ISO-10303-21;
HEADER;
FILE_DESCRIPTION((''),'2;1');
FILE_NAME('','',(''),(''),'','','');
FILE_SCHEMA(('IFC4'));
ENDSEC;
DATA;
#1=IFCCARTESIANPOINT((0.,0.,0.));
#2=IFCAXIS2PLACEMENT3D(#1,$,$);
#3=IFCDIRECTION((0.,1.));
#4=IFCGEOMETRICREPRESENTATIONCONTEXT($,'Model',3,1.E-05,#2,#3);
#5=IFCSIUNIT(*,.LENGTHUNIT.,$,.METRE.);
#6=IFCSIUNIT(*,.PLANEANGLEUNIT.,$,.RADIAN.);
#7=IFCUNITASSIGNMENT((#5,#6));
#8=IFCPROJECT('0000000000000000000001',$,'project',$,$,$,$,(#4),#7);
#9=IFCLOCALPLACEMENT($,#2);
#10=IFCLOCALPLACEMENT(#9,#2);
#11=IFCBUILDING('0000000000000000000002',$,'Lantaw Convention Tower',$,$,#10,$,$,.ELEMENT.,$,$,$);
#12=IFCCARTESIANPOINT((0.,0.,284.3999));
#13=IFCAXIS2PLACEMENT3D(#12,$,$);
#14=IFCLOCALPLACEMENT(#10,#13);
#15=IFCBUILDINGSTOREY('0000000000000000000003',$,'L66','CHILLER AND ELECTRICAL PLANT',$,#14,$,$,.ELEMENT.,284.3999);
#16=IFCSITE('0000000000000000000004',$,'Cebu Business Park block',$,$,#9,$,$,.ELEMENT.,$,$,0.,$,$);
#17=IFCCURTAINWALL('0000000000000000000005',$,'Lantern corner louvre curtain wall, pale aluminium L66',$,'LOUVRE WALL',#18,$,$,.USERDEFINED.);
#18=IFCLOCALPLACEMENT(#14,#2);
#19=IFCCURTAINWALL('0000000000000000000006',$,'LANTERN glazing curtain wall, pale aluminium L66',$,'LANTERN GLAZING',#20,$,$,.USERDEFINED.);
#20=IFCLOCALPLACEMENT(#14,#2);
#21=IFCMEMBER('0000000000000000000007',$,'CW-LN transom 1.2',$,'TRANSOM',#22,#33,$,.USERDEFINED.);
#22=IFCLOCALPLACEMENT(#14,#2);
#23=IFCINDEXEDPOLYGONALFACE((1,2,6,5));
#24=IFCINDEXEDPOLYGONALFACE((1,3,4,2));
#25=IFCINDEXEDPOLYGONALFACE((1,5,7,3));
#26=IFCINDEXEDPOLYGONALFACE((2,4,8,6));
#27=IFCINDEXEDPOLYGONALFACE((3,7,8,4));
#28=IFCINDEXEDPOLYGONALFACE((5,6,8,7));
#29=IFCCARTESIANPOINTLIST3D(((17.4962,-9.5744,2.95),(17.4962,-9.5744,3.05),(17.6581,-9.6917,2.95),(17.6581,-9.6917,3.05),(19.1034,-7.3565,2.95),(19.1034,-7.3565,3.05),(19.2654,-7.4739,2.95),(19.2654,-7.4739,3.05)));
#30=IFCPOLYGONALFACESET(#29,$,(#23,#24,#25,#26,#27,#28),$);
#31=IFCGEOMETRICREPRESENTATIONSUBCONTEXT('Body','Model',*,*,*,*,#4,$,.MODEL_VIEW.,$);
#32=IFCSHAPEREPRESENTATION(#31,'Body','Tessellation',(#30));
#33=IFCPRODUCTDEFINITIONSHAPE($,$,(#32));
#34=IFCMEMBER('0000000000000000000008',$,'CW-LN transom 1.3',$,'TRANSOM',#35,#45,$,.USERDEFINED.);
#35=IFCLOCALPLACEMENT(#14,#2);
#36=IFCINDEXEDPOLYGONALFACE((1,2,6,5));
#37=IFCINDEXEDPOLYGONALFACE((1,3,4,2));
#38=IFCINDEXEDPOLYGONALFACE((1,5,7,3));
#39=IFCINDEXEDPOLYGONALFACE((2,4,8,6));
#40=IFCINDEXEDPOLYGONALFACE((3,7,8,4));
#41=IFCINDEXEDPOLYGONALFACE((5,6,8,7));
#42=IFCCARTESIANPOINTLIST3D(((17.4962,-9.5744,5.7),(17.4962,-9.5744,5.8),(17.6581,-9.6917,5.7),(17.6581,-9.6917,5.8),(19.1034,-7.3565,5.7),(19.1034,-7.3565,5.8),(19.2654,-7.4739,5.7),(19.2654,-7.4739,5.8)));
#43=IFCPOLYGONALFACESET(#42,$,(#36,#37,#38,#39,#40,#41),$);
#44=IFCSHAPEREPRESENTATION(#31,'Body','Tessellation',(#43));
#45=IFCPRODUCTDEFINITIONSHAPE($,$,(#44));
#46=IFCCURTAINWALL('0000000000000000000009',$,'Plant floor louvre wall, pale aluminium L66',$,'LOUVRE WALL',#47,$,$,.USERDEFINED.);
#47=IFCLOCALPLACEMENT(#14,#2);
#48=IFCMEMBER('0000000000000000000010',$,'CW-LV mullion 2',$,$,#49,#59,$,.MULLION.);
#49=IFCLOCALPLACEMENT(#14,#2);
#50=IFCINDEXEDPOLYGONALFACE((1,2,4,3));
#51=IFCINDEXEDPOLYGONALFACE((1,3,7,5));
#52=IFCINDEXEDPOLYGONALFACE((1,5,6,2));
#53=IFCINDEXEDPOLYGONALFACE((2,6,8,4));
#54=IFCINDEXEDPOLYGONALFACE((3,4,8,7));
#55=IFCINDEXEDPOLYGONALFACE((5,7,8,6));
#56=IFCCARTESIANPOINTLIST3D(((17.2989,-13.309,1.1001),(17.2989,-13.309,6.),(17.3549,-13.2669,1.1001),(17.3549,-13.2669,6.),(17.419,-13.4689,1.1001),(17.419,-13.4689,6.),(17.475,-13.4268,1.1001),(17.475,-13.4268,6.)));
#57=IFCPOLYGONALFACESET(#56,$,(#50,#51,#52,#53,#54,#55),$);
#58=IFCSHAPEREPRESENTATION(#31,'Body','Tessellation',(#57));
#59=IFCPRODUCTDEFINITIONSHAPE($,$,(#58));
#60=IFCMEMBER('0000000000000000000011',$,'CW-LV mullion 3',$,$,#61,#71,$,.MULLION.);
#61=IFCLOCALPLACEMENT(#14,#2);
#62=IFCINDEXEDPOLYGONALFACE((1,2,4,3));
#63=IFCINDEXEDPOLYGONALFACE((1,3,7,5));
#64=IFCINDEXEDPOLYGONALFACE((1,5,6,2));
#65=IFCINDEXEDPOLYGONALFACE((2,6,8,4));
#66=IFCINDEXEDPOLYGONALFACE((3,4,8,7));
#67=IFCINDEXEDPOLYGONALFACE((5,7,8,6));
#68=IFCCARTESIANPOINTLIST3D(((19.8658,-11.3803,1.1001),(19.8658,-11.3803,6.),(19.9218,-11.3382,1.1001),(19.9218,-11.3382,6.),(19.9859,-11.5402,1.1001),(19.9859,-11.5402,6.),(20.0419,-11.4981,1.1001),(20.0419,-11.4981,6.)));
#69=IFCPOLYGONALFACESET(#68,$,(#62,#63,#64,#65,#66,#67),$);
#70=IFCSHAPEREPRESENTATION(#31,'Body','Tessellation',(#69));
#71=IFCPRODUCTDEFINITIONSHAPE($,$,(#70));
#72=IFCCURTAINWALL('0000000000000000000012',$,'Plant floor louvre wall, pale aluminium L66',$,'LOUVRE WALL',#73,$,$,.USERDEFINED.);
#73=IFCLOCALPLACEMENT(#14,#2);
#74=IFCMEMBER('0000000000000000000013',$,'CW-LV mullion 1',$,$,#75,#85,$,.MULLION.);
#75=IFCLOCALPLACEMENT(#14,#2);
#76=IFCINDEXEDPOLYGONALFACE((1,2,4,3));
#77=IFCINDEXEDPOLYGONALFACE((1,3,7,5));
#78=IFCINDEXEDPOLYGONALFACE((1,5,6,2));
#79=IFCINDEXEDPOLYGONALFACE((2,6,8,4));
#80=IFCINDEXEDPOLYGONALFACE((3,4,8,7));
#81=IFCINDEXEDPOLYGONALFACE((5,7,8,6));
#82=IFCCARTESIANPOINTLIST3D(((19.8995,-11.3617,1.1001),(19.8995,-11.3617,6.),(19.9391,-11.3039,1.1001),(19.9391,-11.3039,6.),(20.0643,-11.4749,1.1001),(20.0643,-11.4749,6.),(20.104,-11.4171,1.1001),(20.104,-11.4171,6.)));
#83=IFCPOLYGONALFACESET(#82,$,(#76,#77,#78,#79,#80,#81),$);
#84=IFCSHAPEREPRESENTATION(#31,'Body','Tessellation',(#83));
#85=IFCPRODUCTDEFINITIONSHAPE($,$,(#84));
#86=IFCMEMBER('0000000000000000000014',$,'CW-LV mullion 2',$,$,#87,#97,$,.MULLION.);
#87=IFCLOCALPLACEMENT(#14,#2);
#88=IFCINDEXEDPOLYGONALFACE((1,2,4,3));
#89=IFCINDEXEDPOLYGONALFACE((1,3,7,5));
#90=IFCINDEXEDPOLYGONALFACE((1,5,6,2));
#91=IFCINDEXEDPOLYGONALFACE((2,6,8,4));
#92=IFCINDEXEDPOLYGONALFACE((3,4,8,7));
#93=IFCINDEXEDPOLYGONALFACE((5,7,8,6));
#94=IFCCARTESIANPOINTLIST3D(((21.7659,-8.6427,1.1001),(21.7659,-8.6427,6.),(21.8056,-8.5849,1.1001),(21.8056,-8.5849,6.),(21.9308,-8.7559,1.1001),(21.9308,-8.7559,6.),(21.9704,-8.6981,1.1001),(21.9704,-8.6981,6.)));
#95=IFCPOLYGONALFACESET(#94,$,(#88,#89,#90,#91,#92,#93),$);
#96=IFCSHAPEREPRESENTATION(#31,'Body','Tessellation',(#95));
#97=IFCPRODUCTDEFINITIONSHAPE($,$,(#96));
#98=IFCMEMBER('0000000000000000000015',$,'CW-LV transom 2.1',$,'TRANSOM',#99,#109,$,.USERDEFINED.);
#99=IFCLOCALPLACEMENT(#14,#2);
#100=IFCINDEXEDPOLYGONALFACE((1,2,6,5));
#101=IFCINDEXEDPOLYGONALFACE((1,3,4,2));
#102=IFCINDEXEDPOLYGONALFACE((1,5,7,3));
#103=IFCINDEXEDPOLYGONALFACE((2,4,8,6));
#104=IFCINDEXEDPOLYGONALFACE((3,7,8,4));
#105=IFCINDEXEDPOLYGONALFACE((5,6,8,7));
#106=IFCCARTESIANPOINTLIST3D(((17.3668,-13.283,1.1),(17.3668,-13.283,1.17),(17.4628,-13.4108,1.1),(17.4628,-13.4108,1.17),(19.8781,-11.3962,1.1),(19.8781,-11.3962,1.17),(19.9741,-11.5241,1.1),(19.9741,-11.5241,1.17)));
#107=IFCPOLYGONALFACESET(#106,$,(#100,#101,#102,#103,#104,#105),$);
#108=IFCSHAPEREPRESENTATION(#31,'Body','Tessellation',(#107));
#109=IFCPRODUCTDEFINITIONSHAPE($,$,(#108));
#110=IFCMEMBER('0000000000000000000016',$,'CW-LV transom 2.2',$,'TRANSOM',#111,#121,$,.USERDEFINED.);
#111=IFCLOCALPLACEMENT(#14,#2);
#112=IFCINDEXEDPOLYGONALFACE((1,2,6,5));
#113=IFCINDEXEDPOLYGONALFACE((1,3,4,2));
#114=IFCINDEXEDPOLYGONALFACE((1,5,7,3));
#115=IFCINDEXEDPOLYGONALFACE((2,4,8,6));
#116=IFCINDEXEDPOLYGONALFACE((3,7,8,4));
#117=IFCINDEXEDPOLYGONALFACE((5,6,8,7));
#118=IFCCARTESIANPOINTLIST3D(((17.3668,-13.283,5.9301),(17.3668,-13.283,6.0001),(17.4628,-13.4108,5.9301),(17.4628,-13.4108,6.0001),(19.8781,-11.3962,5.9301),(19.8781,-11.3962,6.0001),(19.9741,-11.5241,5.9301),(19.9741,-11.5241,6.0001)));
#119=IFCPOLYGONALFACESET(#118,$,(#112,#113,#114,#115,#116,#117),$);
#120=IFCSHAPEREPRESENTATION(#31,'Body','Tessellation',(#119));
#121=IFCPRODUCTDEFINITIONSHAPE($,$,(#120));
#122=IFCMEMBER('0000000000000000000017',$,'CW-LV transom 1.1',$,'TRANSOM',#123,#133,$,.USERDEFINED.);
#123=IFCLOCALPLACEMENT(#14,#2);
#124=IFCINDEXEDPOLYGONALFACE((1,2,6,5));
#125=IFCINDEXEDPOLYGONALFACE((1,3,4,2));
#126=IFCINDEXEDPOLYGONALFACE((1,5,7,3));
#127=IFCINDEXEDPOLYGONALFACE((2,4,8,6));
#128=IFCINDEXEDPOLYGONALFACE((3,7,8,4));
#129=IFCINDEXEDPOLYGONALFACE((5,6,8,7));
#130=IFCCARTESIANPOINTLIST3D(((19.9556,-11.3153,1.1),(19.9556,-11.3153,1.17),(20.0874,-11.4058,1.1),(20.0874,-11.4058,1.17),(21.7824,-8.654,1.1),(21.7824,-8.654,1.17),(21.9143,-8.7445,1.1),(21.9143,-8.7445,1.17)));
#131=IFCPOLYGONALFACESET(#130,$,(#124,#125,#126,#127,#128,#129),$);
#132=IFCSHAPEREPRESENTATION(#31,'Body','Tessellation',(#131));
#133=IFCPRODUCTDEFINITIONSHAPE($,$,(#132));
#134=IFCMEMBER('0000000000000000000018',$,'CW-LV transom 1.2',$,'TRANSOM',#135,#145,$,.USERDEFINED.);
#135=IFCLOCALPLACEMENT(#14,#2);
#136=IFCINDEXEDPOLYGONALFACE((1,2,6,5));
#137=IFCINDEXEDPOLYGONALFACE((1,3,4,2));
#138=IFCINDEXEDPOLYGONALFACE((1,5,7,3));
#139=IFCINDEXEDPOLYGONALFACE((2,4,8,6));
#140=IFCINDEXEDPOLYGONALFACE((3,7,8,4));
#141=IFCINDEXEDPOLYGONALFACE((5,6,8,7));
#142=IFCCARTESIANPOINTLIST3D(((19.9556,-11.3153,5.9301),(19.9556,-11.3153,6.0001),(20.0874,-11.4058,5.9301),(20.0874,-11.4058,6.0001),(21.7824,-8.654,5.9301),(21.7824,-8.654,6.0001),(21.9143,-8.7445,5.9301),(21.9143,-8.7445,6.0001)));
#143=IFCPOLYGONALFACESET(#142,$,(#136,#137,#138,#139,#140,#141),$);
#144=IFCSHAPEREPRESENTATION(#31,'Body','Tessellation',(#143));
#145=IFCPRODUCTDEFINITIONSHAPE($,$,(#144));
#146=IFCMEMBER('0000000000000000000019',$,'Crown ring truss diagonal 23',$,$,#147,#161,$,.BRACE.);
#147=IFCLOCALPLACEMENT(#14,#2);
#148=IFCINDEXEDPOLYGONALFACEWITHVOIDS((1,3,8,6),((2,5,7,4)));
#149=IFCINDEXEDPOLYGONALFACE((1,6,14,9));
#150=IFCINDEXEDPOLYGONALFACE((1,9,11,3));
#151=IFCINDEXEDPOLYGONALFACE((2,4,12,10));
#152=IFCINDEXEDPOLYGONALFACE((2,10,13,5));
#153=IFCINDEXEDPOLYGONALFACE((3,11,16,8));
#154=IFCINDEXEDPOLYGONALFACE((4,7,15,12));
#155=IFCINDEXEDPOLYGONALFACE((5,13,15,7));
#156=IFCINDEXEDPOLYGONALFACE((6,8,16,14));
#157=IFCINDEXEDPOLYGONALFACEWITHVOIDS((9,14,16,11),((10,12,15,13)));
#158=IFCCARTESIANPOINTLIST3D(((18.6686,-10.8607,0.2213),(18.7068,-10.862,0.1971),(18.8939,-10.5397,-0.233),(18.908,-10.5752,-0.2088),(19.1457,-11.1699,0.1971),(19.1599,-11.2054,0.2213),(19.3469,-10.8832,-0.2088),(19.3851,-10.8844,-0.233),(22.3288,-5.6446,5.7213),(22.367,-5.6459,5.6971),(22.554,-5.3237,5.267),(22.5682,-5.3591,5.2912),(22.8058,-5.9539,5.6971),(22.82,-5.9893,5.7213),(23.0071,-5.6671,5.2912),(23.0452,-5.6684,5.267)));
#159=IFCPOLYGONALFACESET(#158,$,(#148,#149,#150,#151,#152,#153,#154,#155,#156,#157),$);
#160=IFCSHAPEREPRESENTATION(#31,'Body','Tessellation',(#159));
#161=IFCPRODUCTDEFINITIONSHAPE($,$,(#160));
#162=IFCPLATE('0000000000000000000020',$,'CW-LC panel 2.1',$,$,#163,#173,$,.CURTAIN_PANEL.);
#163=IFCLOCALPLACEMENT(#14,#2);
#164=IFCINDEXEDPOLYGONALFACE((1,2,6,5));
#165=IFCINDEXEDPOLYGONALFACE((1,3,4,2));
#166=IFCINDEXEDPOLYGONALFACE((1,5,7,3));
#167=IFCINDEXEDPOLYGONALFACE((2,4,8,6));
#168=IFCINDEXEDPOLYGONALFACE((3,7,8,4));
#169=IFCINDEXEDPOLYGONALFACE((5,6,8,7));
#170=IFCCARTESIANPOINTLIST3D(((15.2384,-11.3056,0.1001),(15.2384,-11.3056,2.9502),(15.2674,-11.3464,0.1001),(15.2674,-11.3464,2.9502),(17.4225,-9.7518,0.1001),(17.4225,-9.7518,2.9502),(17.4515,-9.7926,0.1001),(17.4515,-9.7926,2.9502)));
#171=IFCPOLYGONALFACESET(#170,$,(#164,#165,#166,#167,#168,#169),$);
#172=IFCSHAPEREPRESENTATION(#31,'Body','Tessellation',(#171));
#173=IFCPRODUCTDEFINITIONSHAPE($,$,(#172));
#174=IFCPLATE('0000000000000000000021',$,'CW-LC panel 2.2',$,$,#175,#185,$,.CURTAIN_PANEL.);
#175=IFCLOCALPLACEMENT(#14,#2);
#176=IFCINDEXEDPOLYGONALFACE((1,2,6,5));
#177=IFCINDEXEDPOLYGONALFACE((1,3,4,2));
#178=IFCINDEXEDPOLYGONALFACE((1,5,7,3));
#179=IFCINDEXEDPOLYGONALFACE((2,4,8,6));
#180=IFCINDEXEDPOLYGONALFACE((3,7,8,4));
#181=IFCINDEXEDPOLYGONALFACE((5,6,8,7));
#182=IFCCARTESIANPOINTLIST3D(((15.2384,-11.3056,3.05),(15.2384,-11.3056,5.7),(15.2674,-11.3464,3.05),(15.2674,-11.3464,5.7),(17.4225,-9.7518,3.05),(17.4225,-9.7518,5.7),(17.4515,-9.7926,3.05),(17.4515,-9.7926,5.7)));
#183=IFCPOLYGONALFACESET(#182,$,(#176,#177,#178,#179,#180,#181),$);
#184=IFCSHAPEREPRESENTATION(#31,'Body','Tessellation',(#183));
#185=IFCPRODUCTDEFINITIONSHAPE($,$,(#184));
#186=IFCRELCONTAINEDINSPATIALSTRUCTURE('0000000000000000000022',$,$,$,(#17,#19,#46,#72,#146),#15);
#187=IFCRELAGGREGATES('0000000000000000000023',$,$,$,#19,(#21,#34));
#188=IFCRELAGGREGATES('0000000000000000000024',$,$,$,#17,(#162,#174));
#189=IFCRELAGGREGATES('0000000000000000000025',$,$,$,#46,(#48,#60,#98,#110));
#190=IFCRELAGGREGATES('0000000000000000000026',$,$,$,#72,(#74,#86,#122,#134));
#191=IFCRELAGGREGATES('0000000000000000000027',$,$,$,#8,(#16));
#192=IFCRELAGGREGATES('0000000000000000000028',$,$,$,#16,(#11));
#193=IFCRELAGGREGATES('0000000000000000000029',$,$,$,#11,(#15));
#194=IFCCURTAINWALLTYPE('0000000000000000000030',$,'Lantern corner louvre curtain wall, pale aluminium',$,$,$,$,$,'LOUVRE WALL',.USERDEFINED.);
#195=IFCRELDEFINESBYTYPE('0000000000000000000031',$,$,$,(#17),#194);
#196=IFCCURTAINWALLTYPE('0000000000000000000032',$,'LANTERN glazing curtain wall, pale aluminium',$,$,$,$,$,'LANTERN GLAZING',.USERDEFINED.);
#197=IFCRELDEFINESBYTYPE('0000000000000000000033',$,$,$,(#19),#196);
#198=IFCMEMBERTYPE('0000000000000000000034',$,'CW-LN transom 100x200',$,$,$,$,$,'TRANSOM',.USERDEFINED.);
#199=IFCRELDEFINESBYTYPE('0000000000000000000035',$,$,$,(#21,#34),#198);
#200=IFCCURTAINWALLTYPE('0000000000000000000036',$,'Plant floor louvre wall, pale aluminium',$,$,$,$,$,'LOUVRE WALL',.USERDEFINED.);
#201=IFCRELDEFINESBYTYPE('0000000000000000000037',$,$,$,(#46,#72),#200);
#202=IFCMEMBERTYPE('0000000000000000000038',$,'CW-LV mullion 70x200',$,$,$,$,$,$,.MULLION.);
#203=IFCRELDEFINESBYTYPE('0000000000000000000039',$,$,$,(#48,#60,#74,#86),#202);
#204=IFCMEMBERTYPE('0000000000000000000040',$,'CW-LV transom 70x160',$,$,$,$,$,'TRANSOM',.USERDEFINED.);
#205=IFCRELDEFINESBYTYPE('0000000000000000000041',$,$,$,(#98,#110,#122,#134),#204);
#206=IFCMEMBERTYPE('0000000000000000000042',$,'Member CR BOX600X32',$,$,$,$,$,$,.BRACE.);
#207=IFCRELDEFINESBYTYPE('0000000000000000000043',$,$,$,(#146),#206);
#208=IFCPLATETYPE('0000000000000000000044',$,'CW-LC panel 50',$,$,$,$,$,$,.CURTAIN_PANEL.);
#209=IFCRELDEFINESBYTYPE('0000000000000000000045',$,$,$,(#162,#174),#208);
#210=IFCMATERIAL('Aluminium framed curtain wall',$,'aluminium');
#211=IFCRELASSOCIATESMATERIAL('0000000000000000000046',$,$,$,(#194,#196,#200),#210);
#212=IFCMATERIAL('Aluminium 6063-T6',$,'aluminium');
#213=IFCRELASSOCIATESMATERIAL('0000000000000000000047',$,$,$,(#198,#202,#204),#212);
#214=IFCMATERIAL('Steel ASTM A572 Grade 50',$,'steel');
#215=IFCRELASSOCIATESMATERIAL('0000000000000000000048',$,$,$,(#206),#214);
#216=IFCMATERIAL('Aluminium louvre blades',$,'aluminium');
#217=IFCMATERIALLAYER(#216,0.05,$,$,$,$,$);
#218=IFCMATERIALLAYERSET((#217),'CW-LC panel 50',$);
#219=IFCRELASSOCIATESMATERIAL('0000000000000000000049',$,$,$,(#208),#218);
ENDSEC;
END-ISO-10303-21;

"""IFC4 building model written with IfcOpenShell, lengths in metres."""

from ifc_helpers import new_model, si_unit, direction, frame, origin, origin_2d, place, context, subcontext, project, spatial, rectangle, hollow_rectangle, extrude, material, layer, layer_set, material_profile, profile_set, type_object, element, aggregate, save


model = new_model("IFC4")

# Units and contexts
model_context = context("Model", 3, precision=1e-05, world=origin(), true_north=direction((0.0, 1.0)))
body_context = subcontext(model_context, "Body", "Model", "MODEL_VIEW")
ifc_project = project(units=[si_unit("LENGTHUNIT", "METRE"), si_unit("PLANEANGLEUNIT", "RADIAN")], contexts=[model_context])

# Site, building, storey
site_placement = place(None, origin())
site = spatial("IfcSite", under=ifc_project, at=site_placement, Name="Cebu Business Park block", CompositionType="ELEMENT", RefElevation=0.0)
building_placement = place(site_placement, origin())
building = spatial("IfcBuilding", under=site, at=building_placement, Name="Lantaw Convention Tower", CompositionType="ELEMENT")
storey_placement = place(building_placement, frame((0.0, 0.0, 284.3999)))
storey = spatial("IfcBuildingStorey", under=building, at=storey_placement, Name="L66", Description="CHILLER AND ELECTRICAL PLANT", CompositionType="ELEMENT", Elevation=284.3999)

# Shared definitions
ifc_material_1 = material(Name="Steel ASTM A572 Grade 50", Category="steel")

# Curtain wall
ifc_material_2 = material(Name="Aluminium framed curtain wall", Category="aluminium")
curtain_wall_type_1 = type_object("IfcCurtainWallType", Name="Lantern corner louvre curtain wall, pale aluminium", ElementType="LOUVRE WALL", PredefinedType="USERDEFINED", material=ifc_material_2)
curtain_wall_1_placement = place(storey_placement, origin())
curtain_wall_1 = element("IfcCurtainWall", 1, at=curtain_wall_1_placement, inside=storey, type_object=curtain_wall_type_1, Name="Lantern corner louvre curtain wall, pale aluminium L66", ObjectType="LOUVRE WALL", PredefinedType="USERDEFINED")
ifc_material_3 = material(Name="Aluminium 6063-T6", Category="aluminium")

# Curtain walls, members
curtain_wall_type_2 = type_object("IfcCurtainWallType", Name="LANTERN glazing curtain wall, pale aluminium", ElementType="LANTERN GLAZING", PredefinedType="USERDEFINED", material=ifc_material_2)
curtain_wall_2_placement = place(storey_placement, origin())
curtain_wall_2 = element("IfcCurtainWall", 2, at=curtain_wall_2_placement, inside=storey, type_object=curtain_wall_type_2, Name="LANTERN glazing curtain wall, pale aluminium L66", ObjectType="LANTERN GLAZING", PredefinedType="USERDEFINED")
ifc_material_profile_1 = material_profile(ifc_material_3, rectangle(XDim=0.2, YDim=0.1001, at=origin_2d()), Name="CW-LN transom 100x200")
ifc_profile_set_1 = profile_set([ifc_material_profile_1], Name="Aluminium 6063-T6")
member_type_1 = type_object("IfcMemberType", Name="CW-LN transom 100x200", ElementType="TRANSOM", PredefinedType="USERDEFINED", material=ifc_profile_set_1)
member_1_placement = place(storey_placement, frame((17.5771, -9.6331, 3.0), z_axis=(0.586798, 0.809733, 0.0), x_axis=(-0.809733, 0.586798, 0.0)))
member_1 = element("IfcMember", 3, at=member_1_placement, type_object=member_type_1, Name="CW-LN transom 1.2", ObjectType="TRANSOM", PredefinedType="USERDEFINED", context=body_context, shape_type="SweptSolid", body=[
    extrude(rectangle(XDim=0.2, YDim=0.1001, at=origin_2d()), origin(), (0.0, 0.0, 1.0), 2.739),
])
member_2_placement = place(storey_placement, frame((17.5771, -9.6331, 5.75), z_axis=(0.586798, 0.809733, 0.0), x_axis=(-0.809733, 0.586798, 0.0)))
member_2 = element("IfcMember", 4, at=member_2_placement, type_object=member_type_1, Name="CW-LN transom 1.3", ObjectType="TRANSOM", PredefinedType="USERDEFINED", context=body_context, shape_type="SweptSolid", body=[
    extrude(rectangle(XDim=0.2, YDim=0.1001, at=origin_2d()), origin(), (0.0, 0.0, 1.0), 2.739),
])
aggregate(curtain_wall_2, [member_1, member_2])
curtain_wall_type_3 = type_object("IfcCurtainWallType", Name="Plant floor louvre wall, pale aluminium", ElementType="LOUVRE WALL", PredefinedType="USERDEFINED", material=ifc_material_2)
curtain_wall_3_placement = place(storey_placement, origin())
curtain_wall_3 = element("IfcCurtainWall", 5, at=curtain_wall_3_placement, inside=storey, type_object=curtain_wall_type_3, Name="Plant floor louvre wall, pale aluminium L66", ObjectType="LOUVRE WALL", PredefinedType="USERDEFINED")
ifc_material_profile_2 = material_profile(ifc_material_3, rectangle(XDim=0.2, YDim=0.0701, at=origin_2d()), Name="CW-LV mullion 70x200")
ifc_profile_set_2 = profile_set([ifc_material_profile_2], Name="Aluminium 6063-T6")
member_type_2 = type_object("IfcMemberType", Name="CW-LV mullion 70x200", PredefinedType="MULLION", material=ifc_profile_set_2)
member_3_placement = place(storey_placement, frame((17.387, -13.3679, 1.1001), z_axis=(0.0, 0.0, 1.0), x_axis=(-0.600643, 0.799518, 0.0)))
member_3 = element("IfcMember", 6, at=member_3_placement, type_object=member_type_2, Name="CW-LV mullion 2", PredefinedType="MULLION", context=body_context, shape_type="SweptSolid", body=[
    extrude(rectangle(XDim=0.2, YDim=0.0701, at=origin_2d()), origin(), (0.0, 0.0, 1.0), 4.8999),
])
member_4_placement = place(storey_placement, frame((19.9539, -11.4392, 1.1001), z_axis=(0.0, 0.0, 1.0), x_axis=(-0.600643, 0.799518, 0.0)))
member_4 = element("IfcMember", 7, at=member_4_placement, type_object=member_type_2, Name="CW-LV mullion 3", PredefinedType="MULLION", context=body_context, shape_type="SweptSolid", body=[
    extrude(rectangle(XDim=0.2, YDim=0.0701, at=origin_2d()), origin(), (0.0, 0.0, 1.0), 4.8999),
])
curtain_wall_4_placement = place(storey_placement, origin())
curtain_wall_4 = element("IfcCurtainWall", 8, at=curtain_wall_4_placement, inside=storey, type_object=curtain_wall_type_3, Name="Plant floor louvre wall, pale aluminium L66", ObjectType="LOUVRE WALL", PredefinedType="USERDEFINED")
member_5_placement = place(storey_placement, frame((20.0017, -11.3894, 1.1001), z_axis=(0.0, 0.0, 1.0), x_axis=(-0.82445, 0.565935, 0.0)))
member_5 = element("IfcMember", 9, at=member_5_placement, type_object=member_type_2, Name="CW-LV mullion 1", PredefinedType="MULLION", context=body_context, shape_type="SweptSolid", body=[
    extrude(rectangle(XDim=0.2, YDim=0.0701, at=origin_2d()), origin(), (0.0, 0.0, 1.0), 4.8999),
])
member_6_placement = place(storey_placement, frame((21.8682, -8.6704, 1.1001), z_axis=(0.0, 0.0, 1.0), x_axis=(-0.82445, 0.565935, 0.0)))
member_6 = element("IfcMember", 10, at=member_6_placement, type_object=member_type_2, Name="CW-LV mullion 2", PredefinedType="MULLION", context=body_context, shape_type="SweptSolid", body=[
    extrude(rectangle(XDim=0.2, YDim=0.0701, at=origin_2d()), origin(), (0.0, 0.0, 1.0), 4.8999),
])

# Members
ifc_material_profile_3 = material_profile(ifc_material_3, rectangle(XDim=0.1599, YDim=0.0701, at=origin_2d()), Name="CW-LV transom 70x160")
ifc_profile_set_3 = profile_set([ifc_material_profile_3], Name="Aluminium 6063-T6")
member_type_3 = type_object("IfcMemberType", Name="CW-LV transom 70x160", ElementType="TRANSOM", PredefinedType="USERDEFINED", material=ifc_profile_set_3)
member_7_placement = place(storey_placement, frame((17.4148, -13.3469, 1.135), z_axis=(0.799496, 0.600671, 0.0), x_axis=(-0.600671, 0.799496, 0.0)))
member_7 = element("IfcMember", 11, at=member_7_placement, type_object=member_type_3, Name="CW-LV transom 2.1", ObjectType="TRANSOM", PredefinedType="USERDEFINED", context=body_context, shape_type="SweptSolid", body=[
    extrude(rectangle(XDim=0.1599, YDim=0.0701, at=origin_2d()), origin(), (0.0, 0.0, 1.0), 3.1411),
])
member_8_placement = place(storey_placement, frame((17.4148, -13.3469, 5.9651), z_axis=(0.799496, 0.600671, 0.0), x_axis=(-0.600671, 0.799496, 0.0)))
member_8 = element("IfcMember", 12, at=member_8_placement, type_object=member_type_3, Name="CW-LV transom 2.2", ObjectType="TRANSOM", PredefinedType="USERDEFINED", context=body_context, shape_type="SweptSolid", body=[
    extrude(rectangle(XDim=0.1599, YDim=0.0701, at=origin_2d()), origin(), (0.0, 0.0, 1.0), 3.1411),
])
member_9_placement = place(storey_placement, frame((20.0215, -11.3606, 1.135), z_axis=(0.565941, 0.824446, 0.0), x_axis=(-0.824446, 0.565941, 0.0)))
member_9 = element("IfcMember", 13, at=member_9_placement, type_object=member_type_3, Name="CW-LV transom 1.1", ObjectType="TRANSOM", PredefinedType="USERDEFINED", context=body_context, shape_type="SweptSolid", body=[
    extrude(rectangle(XDim=0.1599, YDim=0.0701, at=origin_2d()), origin(), (0.0, 0.0, 1.0), 3.228),
])
member_10_placement = place(storey_placement, frame((20.0215, -11.3606, 5.9651), z_axis=(0.565941, 0.824446, 0.0), x_axis=(-0.824446, 0.565941, 0.0)))
member_10 = element("IfcMember", 14, at=member_10_placement, type_object=member_type_3, Name="CW-LV transom 1.2", ObjectType="TRANSOM", PredefinedType="USERDEFINED", context=body_context, shape_type="SweptSolid", body=[
    extrude(rectangle(XDim=0.1599, YDim=0.0701, at=origin_2d()), origin(), (0.0, 0.0, 1.0), 3.228),
])
ifc_material_profile_4 = material_profile(ifc_material_1, hollow_rectangle(XDim=0.6001, YDim=0.6001, WallThickness=0.032, at=origin_2d()), Name="BOX600X32")
ifc_profile_set_4 = profile_set([ifc_material_profile_4], Name="Steel ASTM A572 Grade 50")
member_type_4 = type_object("IfcMemberType", Name="Member CR BOX600X32", PredefinedType="BRACE", material=ifc_profile_set_4)
member_11_placement = place(storey_placement, frame((19.0269, -10.8726, -0.0059), z_axis=(0.434828, 0.61967, 0.653402), x_axis=(-0.818574, 0.574401, 0.0)))
element("IfcMember", 15, at=member_11_placement, inside=storey, type_object=member_type_4, Name="Crown ring truss diagonal 23", PredefinedType="BRACE", context=body_context, shape_type="SweptSolid", body=[
    extrude(hollow_rectangle(XDim=0.6001, YDim=0.6001, WallThickness=0.032, at=origin_2d()), origin(), (0.0, 0.0, 1.0), 8.4175),
])

# Plates
ifc_material_4 = material(Name="Aluminium louvre blades", Category="aluminium")
ifc_layer_1 = layer(ifc_material_4, 0.05)
ifc_layer_set_1 = layer_set([ifc_layer_1], Name="CW-LC panel 50")
plate_type_1 = type_object("IfcPlateType", Name="CW-LC panel 50", PredefinedType="CURTAIN_PANEL", material=ifc_layer_set_1)
plate_1_placement = place(storey_placement, frame((16.345, -10.5491, 0.1001), z_axis=(0.0, 0.0, 1.0), x_axis=(0.814841, 0.579684, 0.0)))
plate_1 = element("IfcPlate", 16, at=plate_1_placement, type_object=plate_type_1, Name="CW-LC panel 2.1", PredefinedType="CURTAIN_PANEL", context=body_context, shape_type="SweptSolid", body=[
    extrude(rectangle(XDim=2.6804, YDim=0.05, at=origin_2d()), origin(), (0.0, 0.0, 1.0), 2.8501),
])
plate_2_placement = place(storey_placement, frame((16.345, -10.5491, 3.05), z_axis=(0.0, 0.0, 1.0), x_axis=(0.814841, 0.579684, 0.0)))
plate_2 = element("IfcPlate", 17, at=plate_2_placement, type_object=plate_type_1, Name="CW-LC panel 2.2", PredefinedType="CURTAIN_PANEL", context=body_context, shape_type="SweptSolid", body=[
    extrude(rectangle(XDim=2.6804, YDim=0.05, at=origin_2d()), origin(), (0.0, 0.0, 1.0), 2.6499),
])
aggregate(curtain_wall_1, [plate_1, plate_2])
aggregate(curtain_wall_3, [member_3, member_4, member_7, member_8])
aggregate(curtain_wall_4, [member_5, member_6, member_9, member_10])

save(model, "model.ifc")
